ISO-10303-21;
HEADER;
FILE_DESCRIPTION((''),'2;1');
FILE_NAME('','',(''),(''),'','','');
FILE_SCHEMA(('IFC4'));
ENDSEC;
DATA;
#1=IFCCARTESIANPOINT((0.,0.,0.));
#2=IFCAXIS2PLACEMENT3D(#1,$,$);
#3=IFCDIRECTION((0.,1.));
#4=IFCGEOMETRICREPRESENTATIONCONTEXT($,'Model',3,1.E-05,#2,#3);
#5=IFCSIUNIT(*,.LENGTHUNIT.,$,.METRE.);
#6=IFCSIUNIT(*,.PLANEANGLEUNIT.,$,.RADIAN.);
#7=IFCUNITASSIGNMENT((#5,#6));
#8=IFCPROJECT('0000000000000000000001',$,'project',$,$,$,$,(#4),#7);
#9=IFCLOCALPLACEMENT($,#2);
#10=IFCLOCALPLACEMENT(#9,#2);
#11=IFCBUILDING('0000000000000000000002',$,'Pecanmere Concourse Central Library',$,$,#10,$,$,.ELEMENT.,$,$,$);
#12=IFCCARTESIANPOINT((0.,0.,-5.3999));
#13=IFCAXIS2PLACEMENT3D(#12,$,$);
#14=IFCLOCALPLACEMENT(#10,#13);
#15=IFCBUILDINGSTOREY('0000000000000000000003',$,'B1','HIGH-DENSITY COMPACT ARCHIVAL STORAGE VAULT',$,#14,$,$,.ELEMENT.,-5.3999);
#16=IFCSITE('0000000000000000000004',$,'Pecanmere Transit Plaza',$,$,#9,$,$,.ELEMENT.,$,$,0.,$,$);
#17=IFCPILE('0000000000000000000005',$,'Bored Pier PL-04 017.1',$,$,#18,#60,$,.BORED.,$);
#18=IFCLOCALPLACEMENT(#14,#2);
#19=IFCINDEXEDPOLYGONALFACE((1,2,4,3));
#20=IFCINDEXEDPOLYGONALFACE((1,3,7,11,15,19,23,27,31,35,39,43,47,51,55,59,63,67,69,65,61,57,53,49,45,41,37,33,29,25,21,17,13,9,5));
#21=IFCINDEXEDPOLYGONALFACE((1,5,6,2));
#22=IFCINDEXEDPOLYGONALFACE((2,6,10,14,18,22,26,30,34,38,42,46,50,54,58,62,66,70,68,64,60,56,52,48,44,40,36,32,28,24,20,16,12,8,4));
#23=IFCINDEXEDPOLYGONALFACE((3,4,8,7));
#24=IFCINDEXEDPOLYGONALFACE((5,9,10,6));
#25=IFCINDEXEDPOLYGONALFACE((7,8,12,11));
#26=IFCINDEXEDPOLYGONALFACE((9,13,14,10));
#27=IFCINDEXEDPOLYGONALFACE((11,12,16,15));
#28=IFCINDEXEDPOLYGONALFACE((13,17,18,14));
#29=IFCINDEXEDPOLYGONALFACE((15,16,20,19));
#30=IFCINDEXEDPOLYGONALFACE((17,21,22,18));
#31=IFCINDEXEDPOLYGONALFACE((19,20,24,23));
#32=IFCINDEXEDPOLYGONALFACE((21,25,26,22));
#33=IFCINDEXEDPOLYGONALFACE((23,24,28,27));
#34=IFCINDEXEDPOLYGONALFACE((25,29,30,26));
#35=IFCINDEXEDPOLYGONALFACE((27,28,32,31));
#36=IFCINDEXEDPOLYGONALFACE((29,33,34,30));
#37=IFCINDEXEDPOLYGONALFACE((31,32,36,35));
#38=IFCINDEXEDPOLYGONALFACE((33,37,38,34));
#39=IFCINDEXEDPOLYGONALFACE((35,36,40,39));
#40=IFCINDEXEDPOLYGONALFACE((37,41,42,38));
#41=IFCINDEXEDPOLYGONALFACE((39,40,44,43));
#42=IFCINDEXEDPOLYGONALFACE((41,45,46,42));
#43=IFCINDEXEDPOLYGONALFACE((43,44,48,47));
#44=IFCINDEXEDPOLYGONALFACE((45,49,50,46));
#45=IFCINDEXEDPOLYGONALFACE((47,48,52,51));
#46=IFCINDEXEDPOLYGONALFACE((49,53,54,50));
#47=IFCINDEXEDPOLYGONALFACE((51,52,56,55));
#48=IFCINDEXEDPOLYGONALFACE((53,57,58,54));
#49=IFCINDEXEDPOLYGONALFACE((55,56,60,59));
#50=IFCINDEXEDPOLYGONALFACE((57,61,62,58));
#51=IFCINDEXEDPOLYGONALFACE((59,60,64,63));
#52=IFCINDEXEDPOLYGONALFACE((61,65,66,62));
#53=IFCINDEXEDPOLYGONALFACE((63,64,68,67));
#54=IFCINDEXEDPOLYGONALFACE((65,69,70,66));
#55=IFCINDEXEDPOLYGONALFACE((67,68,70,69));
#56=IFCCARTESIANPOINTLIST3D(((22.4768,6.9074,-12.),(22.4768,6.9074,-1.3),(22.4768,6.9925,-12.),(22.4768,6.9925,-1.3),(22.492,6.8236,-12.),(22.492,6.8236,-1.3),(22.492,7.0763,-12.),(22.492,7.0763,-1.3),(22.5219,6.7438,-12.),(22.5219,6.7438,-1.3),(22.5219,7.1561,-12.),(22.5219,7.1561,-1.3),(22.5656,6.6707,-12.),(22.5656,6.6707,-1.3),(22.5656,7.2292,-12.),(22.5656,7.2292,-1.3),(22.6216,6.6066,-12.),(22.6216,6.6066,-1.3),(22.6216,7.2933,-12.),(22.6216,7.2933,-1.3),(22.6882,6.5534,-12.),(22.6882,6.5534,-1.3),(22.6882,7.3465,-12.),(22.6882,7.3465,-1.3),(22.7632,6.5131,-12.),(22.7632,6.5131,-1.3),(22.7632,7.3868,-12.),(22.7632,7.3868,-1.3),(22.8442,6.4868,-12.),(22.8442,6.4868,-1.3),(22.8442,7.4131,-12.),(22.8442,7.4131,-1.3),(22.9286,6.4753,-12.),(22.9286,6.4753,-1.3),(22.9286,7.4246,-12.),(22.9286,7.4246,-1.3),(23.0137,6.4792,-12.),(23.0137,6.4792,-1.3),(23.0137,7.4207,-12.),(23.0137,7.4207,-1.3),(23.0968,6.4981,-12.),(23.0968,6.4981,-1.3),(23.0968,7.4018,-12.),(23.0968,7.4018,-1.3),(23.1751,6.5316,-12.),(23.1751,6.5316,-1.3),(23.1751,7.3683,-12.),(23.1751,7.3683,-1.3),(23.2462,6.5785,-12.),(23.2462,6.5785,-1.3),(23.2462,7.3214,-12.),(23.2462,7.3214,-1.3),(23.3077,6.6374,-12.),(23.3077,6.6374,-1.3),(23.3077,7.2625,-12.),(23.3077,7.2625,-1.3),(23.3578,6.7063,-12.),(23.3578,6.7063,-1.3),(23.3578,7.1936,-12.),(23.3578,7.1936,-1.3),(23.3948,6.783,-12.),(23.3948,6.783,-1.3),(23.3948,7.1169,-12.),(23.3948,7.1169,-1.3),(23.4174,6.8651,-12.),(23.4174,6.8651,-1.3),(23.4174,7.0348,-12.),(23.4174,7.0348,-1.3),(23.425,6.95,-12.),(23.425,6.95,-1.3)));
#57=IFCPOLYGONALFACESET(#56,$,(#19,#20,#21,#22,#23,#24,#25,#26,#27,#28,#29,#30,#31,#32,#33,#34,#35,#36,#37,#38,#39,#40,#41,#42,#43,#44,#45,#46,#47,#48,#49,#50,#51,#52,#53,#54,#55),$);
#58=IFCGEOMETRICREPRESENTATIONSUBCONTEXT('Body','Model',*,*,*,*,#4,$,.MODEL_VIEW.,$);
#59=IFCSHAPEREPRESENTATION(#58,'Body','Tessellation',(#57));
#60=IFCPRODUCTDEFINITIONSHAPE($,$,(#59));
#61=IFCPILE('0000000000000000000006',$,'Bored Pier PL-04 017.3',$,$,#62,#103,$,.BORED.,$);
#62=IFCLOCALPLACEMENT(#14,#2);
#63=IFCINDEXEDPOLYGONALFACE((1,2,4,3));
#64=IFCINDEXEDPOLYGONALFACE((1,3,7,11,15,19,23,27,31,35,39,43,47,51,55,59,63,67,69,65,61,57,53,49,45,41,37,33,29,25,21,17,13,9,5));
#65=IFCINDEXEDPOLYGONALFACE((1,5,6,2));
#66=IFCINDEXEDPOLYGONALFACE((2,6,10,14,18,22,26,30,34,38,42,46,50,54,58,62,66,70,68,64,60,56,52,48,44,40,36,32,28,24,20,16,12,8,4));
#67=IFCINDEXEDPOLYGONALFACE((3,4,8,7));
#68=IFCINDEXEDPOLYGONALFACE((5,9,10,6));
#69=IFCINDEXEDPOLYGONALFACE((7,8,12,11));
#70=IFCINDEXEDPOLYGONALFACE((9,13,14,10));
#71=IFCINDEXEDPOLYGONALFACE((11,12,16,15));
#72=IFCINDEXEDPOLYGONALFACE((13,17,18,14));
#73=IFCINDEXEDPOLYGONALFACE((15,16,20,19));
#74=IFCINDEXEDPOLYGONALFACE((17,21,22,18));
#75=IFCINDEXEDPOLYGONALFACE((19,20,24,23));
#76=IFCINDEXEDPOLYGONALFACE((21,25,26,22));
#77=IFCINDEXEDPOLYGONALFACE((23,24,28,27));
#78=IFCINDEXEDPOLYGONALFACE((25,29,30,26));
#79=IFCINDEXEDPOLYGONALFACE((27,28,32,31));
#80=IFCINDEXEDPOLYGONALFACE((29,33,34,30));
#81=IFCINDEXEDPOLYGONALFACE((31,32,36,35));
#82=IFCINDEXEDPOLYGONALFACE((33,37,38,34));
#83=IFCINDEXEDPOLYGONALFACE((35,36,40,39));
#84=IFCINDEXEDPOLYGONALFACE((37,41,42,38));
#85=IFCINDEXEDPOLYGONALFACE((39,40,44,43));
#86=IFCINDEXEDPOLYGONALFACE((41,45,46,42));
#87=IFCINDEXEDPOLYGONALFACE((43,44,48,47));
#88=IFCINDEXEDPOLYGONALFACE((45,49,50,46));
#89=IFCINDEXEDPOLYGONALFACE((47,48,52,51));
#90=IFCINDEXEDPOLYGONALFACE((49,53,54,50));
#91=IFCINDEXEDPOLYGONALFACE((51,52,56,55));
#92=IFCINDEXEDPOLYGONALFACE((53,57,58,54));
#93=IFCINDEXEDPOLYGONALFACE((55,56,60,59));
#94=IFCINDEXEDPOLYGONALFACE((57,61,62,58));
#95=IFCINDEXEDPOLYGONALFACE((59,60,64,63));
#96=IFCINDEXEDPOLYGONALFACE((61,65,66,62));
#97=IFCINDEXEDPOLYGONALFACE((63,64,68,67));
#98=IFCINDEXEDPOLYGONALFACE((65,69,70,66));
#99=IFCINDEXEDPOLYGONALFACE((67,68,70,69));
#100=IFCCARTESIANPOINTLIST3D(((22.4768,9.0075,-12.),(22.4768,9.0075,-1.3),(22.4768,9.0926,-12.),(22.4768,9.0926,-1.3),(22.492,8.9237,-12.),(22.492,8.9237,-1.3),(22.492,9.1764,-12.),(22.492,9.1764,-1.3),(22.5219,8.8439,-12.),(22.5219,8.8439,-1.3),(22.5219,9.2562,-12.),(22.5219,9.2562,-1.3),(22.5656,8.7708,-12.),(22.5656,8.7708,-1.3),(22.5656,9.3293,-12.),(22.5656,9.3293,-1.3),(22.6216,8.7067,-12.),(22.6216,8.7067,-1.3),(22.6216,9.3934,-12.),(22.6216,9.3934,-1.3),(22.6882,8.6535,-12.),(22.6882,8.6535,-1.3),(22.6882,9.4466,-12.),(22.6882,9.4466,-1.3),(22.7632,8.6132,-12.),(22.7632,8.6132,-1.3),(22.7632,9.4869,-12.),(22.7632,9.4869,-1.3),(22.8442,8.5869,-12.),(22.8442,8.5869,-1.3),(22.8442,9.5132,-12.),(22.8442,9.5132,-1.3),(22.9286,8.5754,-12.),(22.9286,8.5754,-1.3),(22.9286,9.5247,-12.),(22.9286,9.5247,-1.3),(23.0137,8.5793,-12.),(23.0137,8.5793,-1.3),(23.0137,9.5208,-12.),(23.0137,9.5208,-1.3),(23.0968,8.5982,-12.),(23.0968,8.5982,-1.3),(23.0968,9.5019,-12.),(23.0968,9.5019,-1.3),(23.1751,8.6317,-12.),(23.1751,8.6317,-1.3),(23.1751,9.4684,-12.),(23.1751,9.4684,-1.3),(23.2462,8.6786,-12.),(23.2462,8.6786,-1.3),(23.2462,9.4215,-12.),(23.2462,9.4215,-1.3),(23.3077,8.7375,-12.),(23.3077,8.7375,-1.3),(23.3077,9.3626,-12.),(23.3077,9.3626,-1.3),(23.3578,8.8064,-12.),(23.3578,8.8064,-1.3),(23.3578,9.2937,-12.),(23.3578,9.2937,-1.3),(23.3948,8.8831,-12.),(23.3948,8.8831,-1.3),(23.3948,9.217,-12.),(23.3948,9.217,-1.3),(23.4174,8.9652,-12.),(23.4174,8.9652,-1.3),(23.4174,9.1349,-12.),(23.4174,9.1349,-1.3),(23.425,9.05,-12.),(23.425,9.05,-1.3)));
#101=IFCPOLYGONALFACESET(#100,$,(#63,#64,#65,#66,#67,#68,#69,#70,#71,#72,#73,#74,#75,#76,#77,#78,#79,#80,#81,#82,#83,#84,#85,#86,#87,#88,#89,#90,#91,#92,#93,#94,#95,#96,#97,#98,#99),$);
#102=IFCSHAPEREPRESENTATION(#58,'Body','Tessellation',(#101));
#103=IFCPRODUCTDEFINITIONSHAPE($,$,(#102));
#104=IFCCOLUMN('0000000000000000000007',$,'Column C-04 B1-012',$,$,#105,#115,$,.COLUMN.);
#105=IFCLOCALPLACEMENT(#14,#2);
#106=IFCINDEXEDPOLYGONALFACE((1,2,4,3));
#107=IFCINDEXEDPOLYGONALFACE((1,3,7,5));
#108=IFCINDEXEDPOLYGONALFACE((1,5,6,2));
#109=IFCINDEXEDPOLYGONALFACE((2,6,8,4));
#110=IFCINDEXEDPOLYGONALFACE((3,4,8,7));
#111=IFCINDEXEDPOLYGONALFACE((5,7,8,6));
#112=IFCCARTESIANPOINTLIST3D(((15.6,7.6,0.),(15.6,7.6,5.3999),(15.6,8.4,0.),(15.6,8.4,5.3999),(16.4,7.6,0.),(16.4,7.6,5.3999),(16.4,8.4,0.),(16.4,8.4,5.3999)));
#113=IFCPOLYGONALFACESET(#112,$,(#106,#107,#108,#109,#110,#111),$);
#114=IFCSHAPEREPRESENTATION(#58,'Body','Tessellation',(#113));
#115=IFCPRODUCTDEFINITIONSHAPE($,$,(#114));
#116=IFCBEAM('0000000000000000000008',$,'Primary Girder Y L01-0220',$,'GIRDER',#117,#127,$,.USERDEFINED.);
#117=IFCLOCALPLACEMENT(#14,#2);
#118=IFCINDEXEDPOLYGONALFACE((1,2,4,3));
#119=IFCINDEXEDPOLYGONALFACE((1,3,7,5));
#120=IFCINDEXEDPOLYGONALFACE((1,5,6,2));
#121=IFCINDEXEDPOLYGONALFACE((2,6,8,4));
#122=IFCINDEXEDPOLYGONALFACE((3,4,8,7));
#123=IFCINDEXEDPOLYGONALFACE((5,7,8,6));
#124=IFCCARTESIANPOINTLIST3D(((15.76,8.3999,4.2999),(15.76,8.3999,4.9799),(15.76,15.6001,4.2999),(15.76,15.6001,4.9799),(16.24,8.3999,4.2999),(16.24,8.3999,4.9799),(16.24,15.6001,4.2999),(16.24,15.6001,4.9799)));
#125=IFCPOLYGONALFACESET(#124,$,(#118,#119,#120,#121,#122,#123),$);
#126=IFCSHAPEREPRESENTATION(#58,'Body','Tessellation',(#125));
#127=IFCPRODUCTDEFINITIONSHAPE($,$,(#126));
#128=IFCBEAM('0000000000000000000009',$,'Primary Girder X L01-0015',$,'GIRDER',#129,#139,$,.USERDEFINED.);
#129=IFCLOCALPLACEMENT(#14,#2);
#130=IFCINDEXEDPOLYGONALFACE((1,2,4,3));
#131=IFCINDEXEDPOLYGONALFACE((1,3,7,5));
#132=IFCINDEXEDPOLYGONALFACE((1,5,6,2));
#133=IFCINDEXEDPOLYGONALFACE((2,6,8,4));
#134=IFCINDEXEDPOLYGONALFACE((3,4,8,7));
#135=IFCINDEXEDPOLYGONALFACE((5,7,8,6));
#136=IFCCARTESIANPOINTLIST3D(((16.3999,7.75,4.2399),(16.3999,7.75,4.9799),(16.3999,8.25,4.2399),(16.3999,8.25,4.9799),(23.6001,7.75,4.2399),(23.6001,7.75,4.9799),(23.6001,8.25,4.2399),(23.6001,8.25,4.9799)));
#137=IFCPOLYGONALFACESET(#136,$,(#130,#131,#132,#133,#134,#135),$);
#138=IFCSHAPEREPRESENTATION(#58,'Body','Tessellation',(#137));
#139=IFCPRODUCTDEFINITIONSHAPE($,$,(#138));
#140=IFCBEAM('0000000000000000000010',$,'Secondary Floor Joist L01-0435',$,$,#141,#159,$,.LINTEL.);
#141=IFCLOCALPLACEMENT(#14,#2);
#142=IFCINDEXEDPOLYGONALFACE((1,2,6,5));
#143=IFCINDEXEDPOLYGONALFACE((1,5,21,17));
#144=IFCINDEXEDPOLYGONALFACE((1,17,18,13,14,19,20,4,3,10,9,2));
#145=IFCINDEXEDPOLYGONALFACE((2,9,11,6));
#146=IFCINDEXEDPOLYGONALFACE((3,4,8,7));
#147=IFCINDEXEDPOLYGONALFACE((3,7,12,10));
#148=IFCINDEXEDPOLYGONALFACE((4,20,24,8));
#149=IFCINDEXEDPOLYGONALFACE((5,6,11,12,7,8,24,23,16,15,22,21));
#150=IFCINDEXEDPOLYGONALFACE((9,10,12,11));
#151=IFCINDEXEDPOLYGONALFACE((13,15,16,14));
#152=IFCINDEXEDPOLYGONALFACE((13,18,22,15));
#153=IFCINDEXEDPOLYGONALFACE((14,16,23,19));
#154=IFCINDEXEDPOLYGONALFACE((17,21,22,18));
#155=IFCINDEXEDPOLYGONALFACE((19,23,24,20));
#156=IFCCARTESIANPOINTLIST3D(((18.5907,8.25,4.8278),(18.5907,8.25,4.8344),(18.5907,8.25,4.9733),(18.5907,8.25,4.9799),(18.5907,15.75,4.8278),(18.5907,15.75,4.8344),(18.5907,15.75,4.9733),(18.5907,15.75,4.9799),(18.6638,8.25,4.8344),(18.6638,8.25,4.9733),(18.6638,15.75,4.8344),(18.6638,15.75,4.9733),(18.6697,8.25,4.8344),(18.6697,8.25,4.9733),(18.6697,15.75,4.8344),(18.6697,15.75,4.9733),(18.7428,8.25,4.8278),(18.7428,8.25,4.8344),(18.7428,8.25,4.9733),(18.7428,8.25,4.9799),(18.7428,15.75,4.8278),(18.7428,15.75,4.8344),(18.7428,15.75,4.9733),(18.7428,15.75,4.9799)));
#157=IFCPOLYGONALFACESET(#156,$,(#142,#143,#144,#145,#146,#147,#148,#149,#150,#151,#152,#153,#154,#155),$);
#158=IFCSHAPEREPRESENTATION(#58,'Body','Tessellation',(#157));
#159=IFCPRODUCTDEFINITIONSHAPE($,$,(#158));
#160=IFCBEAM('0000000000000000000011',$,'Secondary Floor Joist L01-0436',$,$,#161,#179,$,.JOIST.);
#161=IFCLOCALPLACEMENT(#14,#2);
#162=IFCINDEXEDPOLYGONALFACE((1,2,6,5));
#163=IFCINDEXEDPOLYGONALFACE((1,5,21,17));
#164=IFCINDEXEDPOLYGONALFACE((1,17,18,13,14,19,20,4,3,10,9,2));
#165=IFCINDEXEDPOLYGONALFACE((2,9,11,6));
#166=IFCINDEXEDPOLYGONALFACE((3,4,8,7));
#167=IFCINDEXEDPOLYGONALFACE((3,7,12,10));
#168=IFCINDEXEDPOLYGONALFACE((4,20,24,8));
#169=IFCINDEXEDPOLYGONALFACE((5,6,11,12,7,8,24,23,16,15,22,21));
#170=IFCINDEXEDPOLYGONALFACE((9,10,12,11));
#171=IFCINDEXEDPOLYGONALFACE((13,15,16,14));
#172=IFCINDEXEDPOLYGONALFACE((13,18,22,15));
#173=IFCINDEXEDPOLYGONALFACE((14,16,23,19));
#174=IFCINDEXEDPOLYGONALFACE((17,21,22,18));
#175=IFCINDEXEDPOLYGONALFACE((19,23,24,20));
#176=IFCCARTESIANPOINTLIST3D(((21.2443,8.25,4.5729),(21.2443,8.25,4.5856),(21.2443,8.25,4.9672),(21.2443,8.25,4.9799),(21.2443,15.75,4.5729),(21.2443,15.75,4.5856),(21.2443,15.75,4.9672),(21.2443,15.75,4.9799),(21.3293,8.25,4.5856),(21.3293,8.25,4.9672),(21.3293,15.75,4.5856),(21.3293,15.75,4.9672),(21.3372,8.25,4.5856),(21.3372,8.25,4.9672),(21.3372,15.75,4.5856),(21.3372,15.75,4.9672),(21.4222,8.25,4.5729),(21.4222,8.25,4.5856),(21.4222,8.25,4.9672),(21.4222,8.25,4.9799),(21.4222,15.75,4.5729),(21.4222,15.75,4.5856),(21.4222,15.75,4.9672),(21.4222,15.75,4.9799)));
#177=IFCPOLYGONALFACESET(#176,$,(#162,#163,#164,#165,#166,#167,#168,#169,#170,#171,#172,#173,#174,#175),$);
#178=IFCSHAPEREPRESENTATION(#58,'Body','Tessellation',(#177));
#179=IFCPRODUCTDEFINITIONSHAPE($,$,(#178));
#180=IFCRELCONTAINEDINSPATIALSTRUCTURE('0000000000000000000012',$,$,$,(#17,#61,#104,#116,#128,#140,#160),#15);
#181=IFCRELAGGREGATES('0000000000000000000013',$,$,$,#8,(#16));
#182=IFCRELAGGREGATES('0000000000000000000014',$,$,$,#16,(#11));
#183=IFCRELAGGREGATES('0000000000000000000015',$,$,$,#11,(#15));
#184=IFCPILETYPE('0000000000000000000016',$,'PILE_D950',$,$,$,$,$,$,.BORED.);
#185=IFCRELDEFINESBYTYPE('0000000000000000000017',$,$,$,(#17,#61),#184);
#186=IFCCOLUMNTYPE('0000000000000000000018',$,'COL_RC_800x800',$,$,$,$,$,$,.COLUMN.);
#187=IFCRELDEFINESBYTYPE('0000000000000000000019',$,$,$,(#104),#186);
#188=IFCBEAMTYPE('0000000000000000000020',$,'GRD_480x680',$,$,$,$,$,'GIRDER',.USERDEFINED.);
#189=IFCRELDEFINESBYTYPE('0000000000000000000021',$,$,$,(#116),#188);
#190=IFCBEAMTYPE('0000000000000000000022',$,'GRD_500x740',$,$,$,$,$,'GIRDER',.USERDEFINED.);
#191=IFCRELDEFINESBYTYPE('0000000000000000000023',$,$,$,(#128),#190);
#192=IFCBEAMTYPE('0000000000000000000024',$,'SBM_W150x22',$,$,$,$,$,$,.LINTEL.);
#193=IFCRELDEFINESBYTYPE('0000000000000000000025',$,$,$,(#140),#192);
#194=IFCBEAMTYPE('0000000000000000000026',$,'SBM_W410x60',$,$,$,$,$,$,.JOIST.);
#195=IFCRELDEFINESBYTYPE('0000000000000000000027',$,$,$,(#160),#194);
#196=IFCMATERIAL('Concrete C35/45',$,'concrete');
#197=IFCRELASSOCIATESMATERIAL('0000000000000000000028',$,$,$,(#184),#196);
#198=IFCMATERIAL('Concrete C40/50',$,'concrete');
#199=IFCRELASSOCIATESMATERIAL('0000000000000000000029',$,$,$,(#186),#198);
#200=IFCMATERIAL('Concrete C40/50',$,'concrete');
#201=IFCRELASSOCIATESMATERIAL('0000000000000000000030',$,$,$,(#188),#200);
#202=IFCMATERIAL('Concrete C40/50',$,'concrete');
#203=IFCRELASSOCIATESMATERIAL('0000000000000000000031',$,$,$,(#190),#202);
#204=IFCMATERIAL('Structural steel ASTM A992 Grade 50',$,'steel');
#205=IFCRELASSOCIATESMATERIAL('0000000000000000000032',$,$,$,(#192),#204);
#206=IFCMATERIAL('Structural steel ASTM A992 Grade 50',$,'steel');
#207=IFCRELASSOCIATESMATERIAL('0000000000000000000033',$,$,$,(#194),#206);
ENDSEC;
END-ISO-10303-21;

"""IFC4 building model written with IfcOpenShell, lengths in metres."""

from ifc_helpers import new_model, si_unit, direction, frame, origin, origin_2d, place, context, subcontext, project, spatial, rectangle, circle, i_section, extrude, material, material_profile, profile_set, type_object, element, save


model = new_model("IFC4")

# Units and contexts
model_context = context("Model", 3, precision=1e-05, world=origin(), true_north=direction((0.0, 1.0)))
body_context = subcontext(model_context, "Body", "Model", "MODEL_VIEW")
ifc_project = project(units=[si_unit("LENGTHUNIT", "METRE"), si_unit("PLANEANGLEUNIT", "RADIAN")], contexts=[model_context])

# Site, building, storey
site_placement = place(None, origin())
site = spatial("IfcSite", under=ifc_project, at=site_placement, Name="Pecanmere Transit Plaza", CompositionType="ELEMENT", RefElevation=0.0)
building_placement = place(site_placement, origin())
building = spatial("IfcBuilding", under=site, at=building_placement, Name="Pecanmere Concourse Central Library", CompositionType="ELEMENT")
storey_placement = place(building_placement, frame((0.0, 0.0, -5.3999)))
storey = spatial("IfcBuildingStorey", under=building, at=storey_placement, Name="B1", Description="HIGH-DENSITY COMPACT ARCHIVAL STORAGE VAULT", CompositionType="ELEMENT", Elevation=-5.3999)

# Piles
ifc_material_1 = material(Name="Concrete C35/45", Category="concrete")
ifc_material_profile_1 = material_profile(ifc_material_1, circle(Radius=0.4751, at=origin_2d()), Name="PIER D950")
ifc_profile_set_1 = profile_set([ifc_material_profile_1], Name="Concrete C35/45")
pile_type = type_object("IfcPileType", Name="PILE_D950", PredefinedType="BORED", material=ifc_profile_set_1)
for number, where, z_axis, x_axis, name in (
    (1, (22.95, 6.95, -1.3), (0.0, 0.0, -1.0), (1.0, 0.0, 0.0), "Bored Pier PL-04 017.1"),
    (2, (22.95, 9.05, -1.3), (0.0, 0.0, -1.0), (1.0, 0.0, 0.0), "Bored Pier PL-04 017.3"),
):
    element("IfcPile", number, at=place(storey_placement, frame(where, z_axis=z_axis, x_axis=x_axis)), inside=storey, type_object=pile_type, Name=name, PredefinedType="BORED", context=body_context, shape_type="SweptSolid", body=[
        extrude(circle(Radius=0.4751, at=origin_2d()), origin(), (0.0, 0.0, 1.0), 10.7),
    ])

# Column
ifc_material_2 = material(Name="Concrete C40/50", Category="concrete")
ifc_material_profile_2 = material_profile(ifc_material_2, rectangle(XDim=0.8, YDim=0.8, at=origin_2d()), Name="RC 800x800")
ifc_profile_set_2 = profile_set([ifc_material_profile_2], Name="Concrete C40/50")
column_type = type_object("IfcColumnType", Name="COL_RC_800x800", PredefinedType="COLUMN", material=ifc_profile_set_2)
column_placement = place(storey_placement, frame((16.0, 8.0, 0.0), z_axis=(0.0, 0.0, 1.0), x_axis=(1.0, 0.0, 0.0)))
element("IfcColumn", 3, at=column_placement, inside=storey, type_object=column_type, Name="Column C-04 B1-012", PredefinedType="COLUMN", context=body_context, shape_type="SweptSolid", body=[
    extrude(rectangle(XDim=0.8, YDim=0.8, at=origin_2d()), origin(), (0.0, 0.0, 1.0), 5.3999),
])

# Beams
ifc_material_3 = material(Name="Concrete C40/50", Category="concrete")
ifc_material_profile_3 = material_profile(ifc_material_3, rectangle(XDim=0.48, YDim=0.6799, at=origin_2d()), Name="RC 480x680")
ifc_profile_set_3 = profile_set([ifc_material_profile_3], Name="Concrete C40/50")
beam_type_1 = type_object("IfcBeamType", Name="GRD_480x680", ElementType="GIRDER", PredefinedType="USERDEFINED", material=ifc_profile_set_3)
beam_1_placement = place(storey_placement, frame((16.0, 8.3999, 4.6399), z_axis=(0.0, 1.0, 0.0), x_axis=(-1.0, 0.0, 0.0)))
element("IfcBeam", 4, at=beam_1_placement, inside=storey, type_object=beam_type_1, Name="Primary Girder Y L01-0220", ObjectType="GIRDER", PredefinedType="USERDEFINED", context=body_context, shape_type="SweptSolid", body=[
    extrude(rectangle(XDim=0.48, YDim=0.6799, at=origin_2d()), origin(), (0.0, 0.0, 1.0), 7.2002),
])
ifc_material_4 = material(Name="Concrete C40/50", Category="concrete")
ifc_material_profile_4 = material_profile(ifc_material_4, rectangle(XDim=0.5, YDim=0.74, at=origin_2d()), Name="RC 500x740")
ifc_profile_set_4 = profile_set([ifc_material_profile_4], Name="Concrete C40/50")
beam_type_2 = type_object("IfcBeamType", Name="GRD_500x740", ElementType="GIRDER", PredefinedType="USERDEFINED", material=ifc_profile_set_4)
beam_2_placement = place(storey_placement, frame((16.3999, 8.0, 4.6099), z_axis=(1.0, 0.0, 0.0), x_axis=(0.0, 1.0, 0.0)))
element("IfcBeam", 5, at=beam_2_placement, inside=storey, type_object=beam_type_2, Name="Primary Girder X L01-0015", ObjectType="GIRDER", PredefinedType="USERDEFINED", context=body_context, shape_type="SweptSolid", body=[
    extrude(rectangle(XDim=0.5, YDim=0.74, at=origin_2d()), origin(), (0.0, 0.0, 1.0), 7.2002),
])
ifc_material_5 = material(Name="Structural steel ASTM A992 Grade 50", Category="steel")
ifc_material_profile_5 = material_profile(ifc_material_5, i_section(OverallWidth=0.1521, OverallDepth=0.1521, WebThickness=0.0059, FlangeThickness=0.0066, at=origin_2d()), Name="W150x22.5")
ifc_profile_set_5 = profile_set([ifc_material_profile_5], Name="Structural steel ASTM A992 Grade 50")
beam_type_3 = type_object("IfcBeamType", Name="SBM_W150x22", PredefinedType="LINTEL", material=ifc_profile_set_5)
beam_3_placement = place(storey_placement, frame((18.6667, 8.25, 4.9038), z_axis=(0.0, 1.0, 0.0), x_axis=(-1.0, 0.0, 0.0)))
element("IfcBeam", 6, at=beam_3_placement, inside=storey, type_object=beam_type_3, Name="Secondary Floor Joist L01-0435", PredefinedType="LINTEL", context=body_context, shape_type="SweptSolid", body=[
    extrude(i_section(OverallWidth=0.1521, OverallDepth=0.1521, WebThickness=0.0059, FlangeThickness=0.0066, at=origin_2d()), origin(), (0.0, 0.0, 1.0), 7.5),
])
ifc_material_6 = material(Name="Structural steel ASTM A992 Grade 50", Category="steel")
ifc_material_profile_6 = material_profile(ifc_material_6, i_section(OverallWidth=0.178, OverallDepth=0.407, WebThickness=0.0078, FlangeThickness=0.0127, at=origin_2d()), Name="W410x60")
ifc_profile_set_6 = profile_set([ifc_material_profile_6], Name="Structural steel ASTM A992 Grade 50")
beam_type_4 = type_object("IfcBeamType", Name="SBM_W410x60", PredefinedType="JOIST", material=ifc_profile_set_6)
beam_4_placement = place(storey_placement, frame((21.3333, 8.25, 4.7764), z_axis=(0.0, 1.0, 0.0), x_axis=(-1.0, 0.0, 0.0)))
element("IfcBeam", 7, at=beam_4_placement, inside=storey, type_object=beam_type_4, Name="Secondary Floor Joist L01-0436", PredefinedType="JOIST", context=body_context, shape_type="SweptSolid", body=[
    extrude(i_section(OverallWidth=0.178, OverallDepth=0.407, WebThickness=0.0078, FlangeThickness=0.0127, at=origin_2d()), origin(), (0.0, 0.0, 1.0), 7.5),
])

save(model, "model.ifc")
